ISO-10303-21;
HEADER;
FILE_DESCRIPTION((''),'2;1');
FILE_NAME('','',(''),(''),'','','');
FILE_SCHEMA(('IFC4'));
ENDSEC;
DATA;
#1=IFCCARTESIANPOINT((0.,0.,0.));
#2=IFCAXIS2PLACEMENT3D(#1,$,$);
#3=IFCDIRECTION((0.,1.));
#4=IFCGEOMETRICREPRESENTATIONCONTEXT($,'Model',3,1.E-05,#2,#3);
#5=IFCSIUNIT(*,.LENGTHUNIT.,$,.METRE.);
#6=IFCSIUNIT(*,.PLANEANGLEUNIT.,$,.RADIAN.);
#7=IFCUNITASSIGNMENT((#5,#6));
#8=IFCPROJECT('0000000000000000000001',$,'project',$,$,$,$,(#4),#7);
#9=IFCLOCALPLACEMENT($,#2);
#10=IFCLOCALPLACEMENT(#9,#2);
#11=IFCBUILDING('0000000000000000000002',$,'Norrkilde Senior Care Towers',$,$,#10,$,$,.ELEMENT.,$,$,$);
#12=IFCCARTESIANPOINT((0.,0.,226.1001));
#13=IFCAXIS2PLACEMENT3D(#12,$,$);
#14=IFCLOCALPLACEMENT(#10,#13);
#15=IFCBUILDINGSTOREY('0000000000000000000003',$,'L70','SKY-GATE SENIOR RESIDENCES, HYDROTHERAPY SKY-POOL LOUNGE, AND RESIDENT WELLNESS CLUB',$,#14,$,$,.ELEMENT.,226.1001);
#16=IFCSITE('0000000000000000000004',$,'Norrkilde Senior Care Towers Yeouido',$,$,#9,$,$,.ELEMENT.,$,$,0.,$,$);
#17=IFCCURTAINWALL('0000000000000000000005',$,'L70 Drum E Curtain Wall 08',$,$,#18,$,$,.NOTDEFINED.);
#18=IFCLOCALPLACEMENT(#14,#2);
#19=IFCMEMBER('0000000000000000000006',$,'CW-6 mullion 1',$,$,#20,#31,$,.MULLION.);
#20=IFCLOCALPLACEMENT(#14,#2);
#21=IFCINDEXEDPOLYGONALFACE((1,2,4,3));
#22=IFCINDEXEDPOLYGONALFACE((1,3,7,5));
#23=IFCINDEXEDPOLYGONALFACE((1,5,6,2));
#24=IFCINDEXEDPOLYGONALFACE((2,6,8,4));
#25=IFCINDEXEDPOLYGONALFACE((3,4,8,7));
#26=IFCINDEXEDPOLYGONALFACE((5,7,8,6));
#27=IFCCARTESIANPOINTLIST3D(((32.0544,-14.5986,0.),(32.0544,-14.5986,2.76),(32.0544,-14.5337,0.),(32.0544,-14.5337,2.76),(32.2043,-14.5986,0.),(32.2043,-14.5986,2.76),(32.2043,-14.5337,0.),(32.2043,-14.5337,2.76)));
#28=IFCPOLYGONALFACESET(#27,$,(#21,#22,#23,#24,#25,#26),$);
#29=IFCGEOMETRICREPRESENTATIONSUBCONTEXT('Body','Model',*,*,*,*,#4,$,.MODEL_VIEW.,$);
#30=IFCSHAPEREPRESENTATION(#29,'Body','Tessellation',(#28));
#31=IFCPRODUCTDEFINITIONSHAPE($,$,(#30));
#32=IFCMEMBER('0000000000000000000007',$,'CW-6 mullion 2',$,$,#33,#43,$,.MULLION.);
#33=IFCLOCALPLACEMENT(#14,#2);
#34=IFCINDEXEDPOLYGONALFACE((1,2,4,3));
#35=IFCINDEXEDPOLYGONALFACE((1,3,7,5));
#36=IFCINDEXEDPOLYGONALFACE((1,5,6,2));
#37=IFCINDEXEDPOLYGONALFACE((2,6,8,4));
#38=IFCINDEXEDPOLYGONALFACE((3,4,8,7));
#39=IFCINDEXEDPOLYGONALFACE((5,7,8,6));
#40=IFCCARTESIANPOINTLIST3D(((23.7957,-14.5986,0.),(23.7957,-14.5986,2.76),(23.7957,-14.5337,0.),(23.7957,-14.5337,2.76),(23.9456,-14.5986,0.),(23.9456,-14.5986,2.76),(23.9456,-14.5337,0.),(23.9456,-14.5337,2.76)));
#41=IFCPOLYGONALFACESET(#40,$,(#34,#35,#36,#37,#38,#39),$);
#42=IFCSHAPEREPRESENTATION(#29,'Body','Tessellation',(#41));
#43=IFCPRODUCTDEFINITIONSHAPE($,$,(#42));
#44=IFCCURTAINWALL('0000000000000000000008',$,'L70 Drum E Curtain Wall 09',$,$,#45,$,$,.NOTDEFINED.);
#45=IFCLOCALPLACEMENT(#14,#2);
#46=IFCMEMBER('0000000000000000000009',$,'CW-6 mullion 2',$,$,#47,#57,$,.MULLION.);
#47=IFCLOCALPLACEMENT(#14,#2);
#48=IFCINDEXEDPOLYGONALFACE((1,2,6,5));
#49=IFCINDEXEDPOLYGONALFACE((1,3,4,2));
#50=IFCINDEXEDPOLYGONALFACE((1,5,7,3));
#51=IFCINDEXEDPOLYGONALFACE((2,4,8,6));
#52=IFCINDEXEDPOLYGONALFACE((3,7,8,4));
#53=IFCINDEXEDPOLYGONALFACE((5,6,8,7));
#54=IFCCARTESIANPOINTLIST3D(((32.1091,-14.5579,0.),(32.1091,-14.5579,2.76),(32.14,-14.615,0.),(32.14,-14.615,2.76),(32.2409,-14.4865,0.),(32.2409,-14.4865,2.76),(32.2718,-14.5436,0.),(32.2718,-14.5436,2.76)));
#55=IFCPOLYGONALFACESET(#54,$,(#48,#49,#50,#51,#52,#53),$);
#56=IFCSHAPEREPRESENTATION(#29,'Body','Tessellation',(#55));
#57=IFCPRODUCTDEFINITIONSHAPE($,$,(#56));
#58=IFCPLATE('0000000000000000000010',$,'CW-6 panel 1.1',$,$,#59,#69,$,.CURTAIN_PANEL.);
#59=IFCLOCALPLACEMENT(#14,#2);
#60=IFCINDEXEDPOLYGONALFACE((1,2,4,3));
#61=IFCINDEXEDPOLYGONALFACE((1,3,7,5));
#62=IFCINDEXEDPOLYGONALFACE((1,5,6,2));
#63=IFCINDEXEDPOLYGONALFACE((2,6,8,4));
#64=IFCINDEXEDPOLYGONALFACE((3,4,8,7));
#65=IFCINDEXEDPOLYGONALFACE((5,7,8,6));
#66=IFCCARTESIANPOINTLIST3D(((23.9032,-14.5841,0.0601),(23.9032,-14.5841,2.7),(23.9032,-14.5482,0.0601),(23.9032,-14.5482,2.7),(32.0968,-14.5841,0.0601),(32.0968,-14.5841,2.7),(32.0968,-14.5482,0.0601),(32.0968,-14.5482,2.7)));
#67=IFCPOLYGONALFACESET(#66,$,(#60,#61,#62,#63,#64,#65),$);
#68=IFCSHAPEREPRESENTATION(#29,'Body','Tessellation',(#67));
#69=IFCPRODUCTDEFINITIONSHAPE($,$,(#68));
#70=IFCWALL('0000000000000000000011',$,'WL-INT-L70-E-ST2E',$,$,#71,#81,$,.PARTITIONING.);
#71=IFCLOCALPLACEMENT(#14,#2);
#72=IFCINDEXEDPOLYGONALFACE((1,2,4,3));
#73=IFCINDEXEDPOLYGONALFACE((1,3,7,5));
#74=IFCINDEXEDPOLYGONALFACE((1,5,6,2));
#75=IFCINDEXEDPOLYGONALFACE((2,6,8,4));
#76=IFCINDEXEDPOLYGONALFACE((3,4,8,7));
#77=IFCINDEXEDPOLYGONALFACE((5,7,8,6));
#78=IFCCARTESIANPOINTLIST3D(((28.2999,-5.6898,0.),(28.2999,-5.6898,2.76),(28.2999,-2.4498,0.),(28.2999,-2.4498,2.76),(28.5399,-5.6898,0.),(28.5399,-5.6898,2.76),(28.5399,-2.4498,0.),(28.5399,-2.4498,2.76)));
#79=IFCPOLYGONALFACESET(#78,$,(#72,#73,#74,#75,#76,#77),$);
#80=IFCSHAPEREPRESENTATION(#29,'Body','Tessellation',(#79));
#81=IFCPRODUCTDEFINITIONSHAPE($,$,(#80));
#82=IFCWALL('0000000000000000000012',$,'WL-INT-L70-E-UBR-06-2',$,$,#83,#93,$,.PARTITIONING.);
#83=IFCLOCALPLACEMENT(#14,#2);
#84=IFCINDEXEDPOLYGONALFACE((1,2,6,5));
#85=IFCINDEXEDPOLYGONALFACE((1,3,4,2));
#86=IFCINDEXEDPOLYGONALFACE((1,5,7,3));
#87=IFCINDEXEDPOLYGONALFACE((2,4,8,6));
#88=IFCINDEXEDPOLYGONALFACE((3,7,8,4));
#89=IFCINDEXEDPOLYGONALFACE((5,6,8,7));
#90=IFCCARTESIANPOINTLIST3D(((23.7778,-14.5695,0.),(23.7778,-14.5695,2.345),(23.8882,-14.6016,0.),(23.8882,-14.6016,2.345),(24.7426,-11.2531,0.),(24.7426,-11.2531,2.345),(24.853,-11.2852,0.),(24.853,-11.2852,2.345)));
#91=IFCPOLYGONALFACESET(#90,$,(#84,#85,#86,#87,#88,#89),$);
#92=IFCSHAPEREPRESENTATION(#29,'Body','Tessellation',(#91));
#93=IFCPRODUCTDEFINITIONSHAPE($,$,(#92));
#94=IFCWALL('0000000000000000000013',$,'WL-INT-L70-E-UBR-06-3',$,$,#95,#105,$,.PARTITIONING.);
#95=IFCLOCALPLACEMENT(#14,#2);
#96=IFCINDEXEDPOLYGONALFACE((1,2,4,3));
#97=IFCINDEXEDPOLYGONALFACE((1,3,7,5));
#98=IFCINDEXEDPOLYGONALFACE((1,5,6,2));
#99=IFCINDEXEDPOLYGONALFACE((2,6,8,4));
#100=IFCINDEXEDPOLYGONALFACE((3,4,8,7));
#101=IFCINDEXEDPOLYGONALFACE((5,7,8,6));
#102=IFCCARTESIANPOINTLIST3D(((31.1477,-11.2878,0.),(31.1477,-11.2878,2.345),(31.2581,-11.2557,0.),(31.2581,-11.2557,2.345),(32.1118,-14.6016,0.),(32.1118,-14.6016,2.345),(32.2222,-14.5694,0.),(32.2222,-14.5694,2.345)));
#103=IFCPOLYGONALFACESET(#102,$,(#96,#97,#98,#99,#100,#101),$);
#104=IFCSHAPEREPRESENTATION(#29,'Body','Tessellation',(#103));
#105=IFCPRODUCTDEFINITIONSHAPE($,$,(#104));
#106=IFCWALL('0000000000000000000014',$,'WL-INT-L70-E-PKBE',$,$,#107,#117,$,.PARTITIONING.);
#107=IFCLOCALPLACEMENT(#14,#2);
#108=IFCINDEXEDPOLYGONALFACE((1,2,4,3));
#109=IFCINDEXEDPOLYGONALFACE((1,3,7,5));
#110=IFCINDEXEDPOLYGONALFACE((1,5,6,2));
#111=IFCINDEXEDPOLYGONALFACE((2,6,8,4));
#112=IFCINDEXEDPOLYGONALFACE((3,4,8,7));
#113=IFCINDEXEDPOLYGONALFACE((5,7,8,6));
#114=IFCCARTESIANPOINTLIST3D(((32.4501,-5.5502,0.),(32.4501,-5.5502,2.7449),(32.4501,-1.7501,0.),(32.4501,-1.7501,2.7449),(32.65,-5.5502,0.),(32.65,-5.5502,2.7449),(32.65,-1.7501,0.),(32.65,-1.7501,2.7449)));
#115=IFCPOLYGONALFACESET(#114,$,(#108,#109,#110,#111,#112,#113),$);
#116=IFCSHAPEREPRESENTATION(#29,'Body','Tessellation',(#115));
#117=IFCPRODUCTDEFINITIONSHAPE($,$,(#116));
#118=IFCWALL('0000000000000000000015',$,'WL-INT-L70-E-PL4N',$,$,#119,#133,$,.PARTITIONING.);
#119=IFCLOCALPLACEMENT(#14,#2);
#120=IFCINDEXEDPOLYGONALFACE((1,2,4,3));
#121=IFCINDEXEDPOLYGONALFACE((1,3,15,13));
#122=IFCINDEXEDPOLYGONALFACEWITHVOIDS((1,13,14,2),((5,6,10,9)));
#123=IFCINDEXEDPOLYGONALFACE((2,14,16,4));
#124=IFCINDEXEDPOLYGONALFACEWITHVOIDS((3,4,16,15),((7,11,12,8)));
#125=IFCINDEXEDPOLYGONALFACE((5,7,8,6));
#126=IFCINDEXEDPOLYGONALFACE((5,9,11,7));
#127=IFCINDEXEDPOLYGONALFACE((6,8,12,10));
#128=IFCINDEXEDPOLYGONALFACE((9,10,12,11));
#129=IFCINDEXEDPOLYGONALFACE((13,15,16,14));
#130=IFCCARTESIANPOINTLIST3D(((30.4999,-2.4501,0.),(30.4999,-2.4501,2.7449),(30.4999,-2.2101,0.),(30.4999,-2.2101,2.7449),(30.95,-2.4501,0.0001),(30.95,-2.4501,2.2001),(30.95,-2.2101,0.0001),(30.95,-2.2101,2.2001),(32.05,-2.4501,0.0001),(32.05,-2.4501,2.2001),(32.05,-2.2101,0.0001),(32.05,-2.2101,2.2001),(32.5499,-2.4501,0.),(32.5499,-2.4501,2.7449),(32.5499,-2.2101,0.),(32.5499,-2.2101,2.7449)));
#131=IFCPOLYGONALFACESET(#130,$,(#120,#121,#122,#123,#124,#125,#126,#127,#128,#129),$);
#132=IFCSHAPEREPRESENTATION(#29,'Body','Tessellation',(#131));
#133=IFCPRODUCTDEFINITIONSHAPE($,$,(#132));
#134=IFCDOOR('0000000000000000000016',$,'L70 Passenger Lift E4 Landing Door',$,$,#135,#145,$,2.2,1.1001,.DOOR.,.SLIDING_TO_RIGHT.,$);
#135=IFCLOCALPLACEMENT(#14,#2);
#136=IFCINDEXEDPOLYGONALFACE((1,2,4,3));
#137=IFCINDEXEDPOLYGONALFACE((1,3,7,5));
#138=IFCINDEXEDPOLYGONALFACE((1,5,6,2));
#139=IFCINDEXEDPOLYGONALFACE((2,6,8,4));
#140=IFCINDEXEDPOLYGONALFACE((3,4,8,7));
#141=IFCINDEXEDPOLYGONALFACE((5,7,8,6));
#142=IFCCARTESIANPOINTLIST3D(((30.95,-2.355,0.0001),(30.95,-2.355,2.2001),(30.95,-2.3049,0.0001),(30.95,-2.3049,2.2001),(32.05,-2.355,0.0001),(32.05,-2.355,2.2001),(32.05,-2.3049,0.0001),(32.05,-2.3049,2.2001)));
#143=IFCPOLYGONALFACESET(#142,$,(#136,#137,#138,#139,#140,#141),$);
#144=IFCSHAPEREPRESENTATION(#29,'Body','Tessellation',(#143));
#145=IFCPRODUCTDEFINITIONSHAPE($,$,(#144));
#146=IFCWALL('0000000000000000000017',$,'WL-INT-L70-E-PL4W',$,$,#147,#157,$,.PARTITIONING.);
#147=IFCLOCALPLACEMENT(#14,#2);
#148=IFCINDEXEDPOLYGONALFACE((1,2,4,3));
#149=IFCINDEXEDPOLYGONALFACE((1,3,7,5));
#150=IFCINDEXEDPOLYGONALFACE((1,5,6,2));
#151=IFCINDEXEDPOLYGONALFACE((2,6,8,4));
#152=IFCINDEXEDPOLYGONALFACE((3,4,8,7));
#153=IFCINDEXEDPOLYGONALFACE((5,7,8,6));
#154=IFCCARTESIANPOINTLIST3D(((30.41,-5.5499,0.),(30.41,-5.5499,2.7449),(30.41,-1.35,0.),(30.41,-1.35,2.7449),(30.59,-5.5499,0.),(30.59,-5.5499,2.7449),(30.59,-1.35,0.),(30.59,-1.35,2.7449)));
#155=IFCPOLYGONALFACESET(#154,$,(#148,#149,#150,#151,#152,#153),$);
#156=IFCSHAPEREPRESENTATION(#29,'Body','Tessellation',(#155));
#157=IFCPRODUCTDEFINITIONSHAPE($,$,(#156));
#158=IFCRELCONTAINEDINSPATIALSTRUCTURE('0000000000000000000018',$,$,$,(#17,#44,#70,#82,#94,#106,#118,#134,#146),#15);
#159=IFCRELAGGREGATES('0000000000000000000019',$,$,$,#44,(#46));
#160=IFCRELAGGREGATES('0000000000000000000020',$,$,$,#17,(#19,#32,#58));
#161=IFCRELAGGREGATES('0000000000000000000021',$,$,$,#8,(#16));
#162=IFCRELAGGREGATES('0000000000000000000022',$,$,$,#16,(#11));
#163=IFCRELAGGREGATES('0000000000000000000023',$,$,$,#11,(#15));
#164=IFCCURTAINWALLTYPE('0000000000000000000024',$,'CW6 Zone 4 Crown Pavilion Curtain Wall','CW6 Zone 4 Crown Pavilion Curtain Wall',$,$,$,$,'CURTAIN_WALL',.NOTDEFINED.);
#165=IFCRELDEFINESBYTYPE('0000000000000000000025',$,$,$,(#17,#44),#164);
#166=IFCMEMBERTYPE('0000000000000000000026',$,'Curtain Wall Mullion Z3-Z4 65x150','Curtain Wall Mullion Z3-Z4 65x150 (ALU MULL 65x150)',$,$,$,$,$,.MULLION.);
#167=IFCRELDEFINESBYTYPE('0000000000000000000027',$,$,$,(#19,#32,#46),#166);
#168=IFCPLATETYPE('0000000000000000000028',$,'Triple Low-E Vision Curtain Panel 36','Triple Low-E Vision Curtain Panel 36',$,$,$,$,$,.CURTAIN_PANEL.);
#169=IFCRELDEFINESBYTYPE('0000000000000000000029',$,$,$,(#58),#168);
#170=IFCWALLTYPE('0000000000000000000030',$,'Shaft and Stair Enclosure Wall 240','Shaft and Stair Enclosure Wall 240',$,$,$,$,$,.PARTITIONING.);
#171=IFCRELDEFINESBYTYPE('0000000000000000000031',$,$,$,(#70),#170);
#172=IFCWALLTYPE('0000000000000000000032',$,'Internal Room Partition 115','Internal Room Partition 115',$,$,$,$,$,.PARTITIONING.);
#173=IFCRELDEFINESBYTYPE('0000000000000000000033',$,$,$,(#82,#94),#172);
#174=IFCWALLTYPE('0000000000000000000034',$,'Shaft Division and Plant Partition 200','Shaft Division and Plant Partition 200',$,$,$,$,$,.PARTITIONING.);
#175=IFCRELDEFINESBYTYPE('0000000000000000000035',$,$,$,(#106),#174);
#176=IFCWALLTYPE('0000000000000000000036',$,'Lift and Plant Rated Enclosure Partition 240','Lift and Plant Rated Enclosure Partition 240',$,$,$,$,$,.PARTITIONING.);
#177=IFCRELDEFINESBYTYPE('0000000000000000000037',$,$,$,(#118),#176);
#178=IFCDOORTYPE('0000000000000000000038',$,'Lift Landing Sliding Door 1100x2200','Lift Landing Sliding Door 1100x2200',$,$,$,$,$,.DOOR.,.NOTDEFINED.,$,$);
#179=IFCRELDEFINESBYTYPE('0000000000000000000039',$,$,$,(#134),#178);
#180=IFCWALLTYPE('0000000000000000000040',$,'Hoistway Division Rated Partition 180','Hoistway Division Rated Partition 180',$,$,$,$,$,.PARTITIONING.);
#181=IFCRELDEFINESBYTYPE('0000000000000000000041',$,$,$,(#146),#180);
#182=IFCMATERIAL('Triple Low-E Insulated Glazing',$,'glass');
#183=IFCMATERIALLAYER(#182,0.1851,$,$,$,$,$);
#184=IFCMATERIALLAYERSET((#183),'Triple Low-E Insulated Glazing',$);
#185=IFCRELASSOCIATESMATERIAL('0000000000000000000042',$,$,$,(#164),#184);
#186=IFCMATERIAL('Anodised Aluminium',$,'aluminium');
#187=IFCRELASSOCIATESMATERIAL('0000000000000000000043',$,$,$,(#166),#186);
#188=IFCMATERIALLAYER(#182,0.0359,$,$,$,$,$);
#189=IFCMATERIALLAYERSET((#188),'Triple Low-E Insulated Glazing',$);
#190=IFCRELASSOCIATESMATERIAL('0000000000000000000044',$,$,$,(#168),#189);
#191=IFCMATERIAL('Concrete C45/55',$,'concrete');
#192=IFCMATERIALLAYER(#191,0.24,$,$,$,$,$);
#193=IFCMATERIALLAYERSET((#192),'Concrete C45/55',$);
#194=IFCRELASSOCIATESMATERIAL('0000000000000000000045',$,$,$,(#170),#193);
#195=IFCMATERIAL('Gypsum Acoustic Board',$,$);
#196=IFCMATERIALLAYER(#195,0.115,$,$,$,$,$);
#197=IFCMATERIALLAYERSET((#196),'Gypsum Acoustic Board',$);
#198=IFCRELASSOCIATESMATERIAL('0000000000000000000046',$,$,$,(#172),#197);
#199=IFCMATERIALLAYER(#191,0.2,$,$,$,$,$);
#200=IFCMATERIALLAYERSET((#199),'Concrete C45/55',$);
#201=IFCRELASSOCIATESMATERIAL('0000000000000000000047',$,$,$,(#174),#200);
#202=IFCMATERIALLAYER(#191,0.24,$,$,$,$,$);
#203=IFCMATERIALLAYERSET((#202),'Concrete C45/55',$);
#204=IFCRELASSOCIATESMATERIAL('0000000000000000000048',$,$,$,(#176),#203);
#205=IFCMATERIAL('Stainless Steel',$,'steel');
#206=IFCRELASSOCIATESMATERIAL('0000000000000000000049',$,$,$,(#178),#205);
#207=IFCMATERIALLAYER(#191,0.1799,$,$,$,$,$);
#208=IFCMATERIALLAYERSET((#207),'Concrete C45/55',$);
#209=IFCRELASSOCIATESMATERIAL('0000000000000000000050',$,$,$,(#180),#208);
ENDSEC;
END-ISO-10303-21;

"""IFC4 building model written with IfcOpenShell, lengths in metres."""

from ifc_helpers import new_model, si_unit, direction, frame, frame_2d, origin, origin_2d, place, context, subcontext, project, spatial, rectangle, extrude, source, transform, mapped, material, layer, layer_set, material_profile, profile_set, type_object, type_shapes, element, fill, aggregate, save


model = new_model("IFC4")

# Units and contexts
model_context = context("Model", 3, precision=1e-05, world=origin(), true_north=direction((0.0, 1.0)))
body_context = subcontext(model_context, "Body", "Model", "MODEL_VIEW")
ifc_project = project(units=[si_unit("LENGTHUNIT", "METRE"), si_unit("PLANEANGLEUNIT", "RADIAN")], contexts=[model_context])

# Site, building, storey
site_placement = place(None, origin())
site = spatial("IfcSite", under=ifc_project, at=site_placement, Name="Norrkilde Senior Care Towers Yeouido", CompositionType="ELEMENT", RefElevation=0.0)
building_placement = place(site_placement, origin())
building = spatial("IfcBuilding", under=site, at=building_placement, Name="Norrkilde Senior Care Towers", CompositionType="ELEMENT")
storey_placement = place(building_placement, frame((0.0, 0.0, 226.1001)))
storey = spatial("IfcBuildingStorey", under=building, at=storey_placement, Name="L70", Description="SKY-GATE SENIOR RESIDENCES, HYDROTHERAPY SKY-POOL LOUNGE, AND RESIDENT WELLNESS CLUB", CompositionType="ELEMENT", Elevation=226.1001)

# Curtain wall
ifc_material_1 = material(Name="Triple Low-E Insulated Glazing", Category="glass")
ifc_layer_1 = layer(ifc_material_1, 0.1851)
ifc_layer_set_1 = layer_set([ifc_layer_1], Name="Triple Low-E Insulated Glazing")
curtain_wall_type = type_object("IfcCurtainWallType", Name="CW6 Zone 4 Crown Pavilion Curtain Wall", Description="CW6 Zone 4 Crown Pavilion Curtain Wall", ElementType="CURTAIN_WALL", PredefinedType="NOTDEFINED", material=ifc_layer_set_1)
curtain_wall_1_placement = place(storey_placement, origin())
curtain_wall_1 = element("IfcCurtainWall", 1, at=curtain_wall_1_placement, inside=storey, type_object=curtain_wall_type, Name="L70 Drum E Curtain Wall 08", PredefinedType="NOTDEFINED")
ifc_material_2 = material(Name="Anodised Aluminium", Category="aluminium")

# Shared definitions
ifc_material_profile_1 = material_profile(ifc_material_2, rectangle(XDim=0.0649, YDim=0.1499, at=origin_2d()), Name="ALU MULL 65x150")
ifc_profile_set_1 = profile_set([ifc_material_profile_1], Name="Anodised Aluminium")
member_type_1 = type_object("IfcMemberType", Name="Curtain Wall Mullion Z3-Z4 65x150", Description="Curtain Wall Mullion Z3-Z4 65x150 (ALU MULL 65x150)", PredefinedType="MULLION", material=ifc_profile_set_1)
shared_shape_1 = source(origin(), body_context, "Body", "SweptSolid", [
    extrude(rectangle(XDim=0.0649, YDim=0.1499, at=origin_2d()), origin(), (0.0, 0.0, 1.0), 2.76),
])
type_shapes(member_type_1, [shared_shape_1])

# Members
member_1_placement = place(storey_placement, frame((32.1294, -14.5662, 0.0), z_axis=(0.0, 0.0, 1.0), x_axis=(0.0, -1.0, 0.0)))
member_1 = element("IfcMember", 2, at=member_1_placement, type_object=member_type_1, Name="CW-6 mullion 1", PredefinedType="MULLION", context=body_context, shape_type="MappedRepresentation", body=[
    mapped(shared_shape_1, transform((0.0, 0.0, 0.0), x_axis=(1.0, 0.0, 0.0), y_axis=(0.0, 1.0, 0.0), z_axis=(0.0, 0.0, 1.0), scale=1.0)),
])
member_2_placement = place(storey_placement, frame((23.8706, -14.5662, 0.0), z_axis=(0.0, 0.0, 1.0), x_axis=(0.0, -1.0, 0.0)))
member_2 = element("IfcMember", 3, at=member_2_placement, type_object=member_type_1, Name="CW-6 mullion 2", PredefinedType="MULLION", context=body_context, shape_type="MappedRepresentation", body=[
    mapped(shared_shape_1, transform((0.0, 0.0, 0.0), x_axis=(1.0, 0.0, 0.0), y_axis=(0.0, 1.0, 0.0), z_axis=(0.0, 0.0, 1.0), scale=1.0)),
])

# Curtain wall, member
curtain_wall_2_placement = place(storey_placement, origin())
curtain_wall_2 = element("IfcCurtainWall", 4, at=curtain_wall_2_placement, inside=storey, type_object=curtain_wall_type, Name="L70 Drum E Curtain Wall 09", PredefinedType="NOTDEFINED")
member_3_placement = place(storey_placement, frame((32.1904, -14.5508, 0.0), z_axis=(0.0, 0.0, 1.0), x_axis=(0.476133, -0.879373, 0.0)))
member_3 = element("IfcMember", 5, at=member_3_placement, type_object=member_type_1, Name="CW-6 mullion 2", PredefinedType="MULLION", context=body_context, shape_type="MappedRepresentation", body=[
    mapped(shared_shape_1, transform((0.0, 0.0, 0.0), x_axis=(1.0, 0.0, 0.0), y_axis=(0.0, 1.0, 0.0), z_axis=(0.0, 0.0, 1.0), scale=1.0)),
])
aggregate(curtain_wall_2, [member_3])

# Plate
ifc_layer_2 = layer(ifc_material_1, 0.0359)
ifc_layer_set_2 = layer_set([ifc_layer_2], Name="Triple Low-E Insulated Glazing")
plate_type = type_object("IfcPlateType", Name="Triple Low-E Vision Curtain Panel 36", Description="Triple Low-E Vision Curtain Panel 36", PredefinedType="CURTAIN_PANEL", material=ifc_layer_set_2)
shared_shape_2 = source(origin(), body_context, "Body", "SweptSolid", [
    extrude(rectangle(XDim=8.1936, YDim=0.0359, at=origin_2d()), origin(), (0.0, 0.0, 1.0), 2.6399),
])
type_shapes(plate_type, [shared_shape_2])
plate_placement = place(storey_placement, frame((28.0, -14.5662, 0.0601), z_axis=(0.0, 0.0, 1.0), x_axis=(-1.0, 0.0, 0.0)))
plate = element("IfcPlate", 6, at=plate_placement, type_object=plate_type, Name="CW-6 panel 1.1", PredefinedType="CURTAIN_PANEL", context=body_context, shape_type="MappedRepresentation", body=[
    mapped(shared_shape_2, transform((0.0, 0.0, 0.0), x_axis=(1.0, 0.0, 0.0), y_axis=(0.0, 1.0, 0.0), z_axis=(0.0, 0.0, 1.0), scale=1.0)),
])
aggregate(curtain_wall_1, [member_1, member_2, plate])

# Walls
ifc_material_3 = material(Name="Concrete C45/55", Category="concrete")
ifc_layer_3 = layer(ifc_material_3, 0.24)
ifc_layer_set_3 = layer_set([ifc_layer_3], Name="Concrete C45/55")
wall_type_1 = type_object("IfcWallType", Name="Shaft and Stair Enclosure Wall 240", Description="Shaft and Stair Enclosure Wall 240", PredefinedType="PARTITIONING", material=ifc_layer_set_3)
shared_shape_3 = source(origin(), body_context, "Body", "SweptSolid", [
    extrude(rectangle(XDim=3.24, YDim=0.24, at=frame_2d((1.6201, 0.0))), origin(), (0.0, 0.0, 1.0), 2.76),
])
type_shapes(wall_type_1, [shared_shape_3])
wall_1_placement = place(storey_placement, frame((28.4199, -5.6899, 0.0), z_axis=(0.0, 0.0, 1.0), x_axis=(0.0, 1.0, 0.0)))
element("IfcWall", 7, at=wall_1_placement, inside=storey, type_object=wall_type_1, Name="WL-INT-L70-E-ST2E", PredefinedType="PARTITIONING", context=body_context, shape_type="MappedRepresentation", body=[
    mapped(shared_shape_3, transform((0.0, 0.0, 0.0), x_axis=(1.0, 0.0, 0.0), y_axis=(0.0, 1.0, 0.0), z_axis=(0.0, 0.0, 1.0), scale=1.0)),
])
ifc_material_4 = material(Name="Gypsum Acoustic Board")
ifc_layer_4 = layer(ifc_material_4, 0.115)
ifc_layer_set_4 = layer_set([ifc_layer_4], Name="Gypsum Acoustic Board")
wall_type_2 = type_object("IfcWallType", Name="Internal Room Partition 115", Description="Internal Room Partition 115", PredefinedType="PARTITIONING", material=ifc_layer_set_4)
shared_shape_4 = source(origin(), body_context, "Body", "SweptSolid", [
    extrude(rectangle(XDim=3.4539, YDim=0.115, at=frame_2d((1.7271, 0.0))), origin(), (0.0, 0.0, 1.0), 2.345),
])
wall_2_placement = place(storey_placement, frame((24.7979, -11.269, 0.0), z_axis=(0.0, 0.0, 1.0), x_axis=(-0.279348, -0.96019, 0.0)))
element("IfcWall", 8, at=wall_2_placement, inside=storey, type_object=wall_type_2, Name="WL-INT-L70-E-UBR-06-2", PredefinedType="PARTITIONING", context=body_context, shape_type="MappedRepresentation", body=[
    mapped(shared_shape_4, transform((0.0, 0.0, 0.0), x_axis=(1.0, 0.0, 0.0), y_axis=(0.0, 1.0, 0.0), z_axis=(0.0, 0.0, 1.0), scale=1.0)),
])
shared_shape_5 = source(origin(), body_context, "Body", "SweptSolid", [
    extrude(rectangle(XDim=3.4512, YDim=0.115, at=frame_2d((1.7256, 0.0))), origin(), (0.0, 0.0, 1.0), 2.345),
])
wall_3_placement = place(storey_placement, frame((31.2029, -11.2717, 0.0), z_axis=(0.0, 0.0, 1.0), x_axis=(0.279362, -0.960186, 0.0)))
element("IfcWall", 9, at=wall_3_placement, inside=storey, type_object=wall_type_2, Name="WL-INT-L70-E-UBR-06-3", PredefinedType="PARTITIONING", context=body_context, shape_type="MappedRepresentation", body=[
    mapped(shared_shape_5, transform((0.0, 0.0, 0.0), x_axis=(1.0, 0.0, 0.0), y_axis=(0.0, 1.0, 0.0), z_axis=(0.0, 0.0, 1.0), scale=1.0)),
])
ifc_layer_5 = layer(ifc_material_3, 0.2)
ifc_layer_set_5 = layer_set([ifc_layer_5], Name="Concrete C45/55")
wall_type_3 = type_object("IfcWallType", Name="Shaft Division and Plant Partition 200", Description="Shaft Division and Plant Partition 200", PredefinedType="PARTITIONING", material=ifc_layer_set_5)
shared_shape_6 = source(origin(), body_context, "Body", "SweptSolid", [
    extrude(rectangle(XDim=3.8, YDim=0.2, at=frame_2d((1.8999, 0.0))), origin(), (0.0, 0.0, 1.0), 2.7449),
])
type_shapes(wall_type_3, [shared_shape_6])
wall_4_placement = place(storey_placement, frame((32.55, -5.55, 0.0), z_axis=(0.0, 0.0, 1.0), x_axis=(0.0, 1.0, 0.0)))
element("IfcWall", 10, at=wall_4_placement, inside=storey, type_object=wall_type_3, Name="WL-INT-L70-E-PKBE", PredefinedType="PARTITIONING", context=body_context, shape_type="MappedRepresentation", body=[
    mapped(shared_shape_6, transform((0.0, 0.0, 0.0), x_axis=(1.0, 0.0, 0.0), y_axis=(0.0, 1.0, 0.0), z_axis=(0.0, 0.0, 1.0), scale=1.0)),
])

# Wall, opening, door
ifc_layer_6 = layer(ifc_material_3, 0.24)
ifc_layer_set_6 = layer_set([ifc_layer_6], Name="Concrete C45/55")
wall_type_4 = type_object("IfcWallType", Name="Lift and Plant Rated Enclosure Partition 240", Description="Lift and Plant Rated Enclosure Partition 240", PredefinedType="PARTITIONING", material=ifc_layer_set_6)
shared_shape_7 = source(origin(), body_context, "Body", "SweptSolid", [
    extrude(rectangle(XDim=2.05, YDim=0.24, at=frame_2d((1.0249, 0.0))), origin(), (0.0, 0.0, 1.0), 2.7449),
])
type_shapes(wall_type_4, [shared_shape_7])
wall_5_placement = place(storey_placement, frame((30.5, -2.3301, 0.0), z_axis=(0.0, 0.0, 1.0), x_axis=(1.0, 0.0, 0.0)))
wall_5 = element("IfcWall", 11, at=wall_5_placement, inside=storey, type_object=wall_type_4, Name="WL-INT-L70-E-PL4N", PredefinedType="PARTITIONING", context=body_context, shape_type="MappedRepresentation", body=[
    mapped(shared_shape_7, transform((0.0, 0.0, 0.0), x_axis=(1.0, 0.0, 0.0), y_axis=(0.0, 1.0, 0.0), z_axis=(0.0, 0.0, 1.0), scale=1.0)),
])
opening_1_placement = place(wall_5_placement, frame((0.45, 0.0, 0.0)))
opening_1 = element("IfcOpeningElement", 12, at=opening_1_placement, cuts=wall_5, PredefinedType="OPENING", context=body_context, shape_type="SweptSolid", body=[
    extrude(rectangle(XDim=1.1001, YDim=2.2, at=frame_2d((0.55, 1.1001))), frame((0.0, 0.1299, 0.0), z_axis=(0.0, -1.0, 0.0), x_axis=(1.0, 0.0, 0.0)), (0.0, 0.0, 1.0), 0.26),
])
ifc_material_5 = material(Name="Stainless Steel", Category="steel")
door_type_1 = type_object("IfcDoorType", Name="Lift Landing Sliding Door 1100x2200", Description="Lift Landing Sliding Door 1100x2200", OperationType="NOTDEFINED", PredefinedType="DOOR", material=ifc_material_5)
shared_shape_8 = source(origin(), body_context, "Body", "SweptSolid", [
    extrude(rectangle(XDim=1.1001, YDim=2.2, at=frame_2d((0.55, 1.1001))), frame((0.0, 0.0249, 0.0), z_axis=(0.0, -1.0, 0.0), x_axis=(1.0, 0.0, 0.0)), (0.0, 0.0, 1.0), 0.05),
])
type_shapes(door_type_1, [shared_shape_8])
door_1_placement = place(opening_1_placement, frame((1.1001, 0.0, 0.0), z_axis=(0.0, 0.0, 1.0), x_axis=(-1.0, 0.0, 0.0)))
door_1 = element("IfcDoor", 13, at=door_1_placement, inside=storey, type_object=door_type_1, Name="L70 Passenger Lift E4 Landing Door", OperationType="SLIDING_TO_RIGHT", OverallHeight=2.2, OverallWidth=1.1001, PredefinedType="DOOR", context=body_context, shape_type="MappedRepresentation", body=[
    mapped(shared_shape_8, transform((0.0, 0.0, 0.0), x_axis=(1.0, 0.0, 0.0), y_axis=(0.0, 1.0, 0.0), z_axis=(0.0, 0.0, 1.0), scale=1.0)),
])
fill(opening_1, door_1)

# Wall
ifc_layer_7 = layer(ifc_material_3, 0.1799)
ifc_layer_set_7 = layer_set([ifc_layer_7], Name="Concrete C45/55")
wall_type_5 = type_object("IfcWallType", Name="Hoistway Division Rated Partition 180", Description="Hoistway Division Rated Partition 180", PredefinedType="PARTITIONING", material=ifc_layer_set_7)
shared_shape_9 = source(origin(), body_context, "Body", "SweptSolid", [
    extrude(rectangle(XDim=4.2, YDim=0.1799, at=frame_2d((2.1001, 0.0))), origin(), (0.0, 0.0, 1.0), 2.7449),
])
type_shapes(wall_type_5, [shared_shape_9])
wall_6_placement = place(storey_placement, frame((30.5, -5.55, 0.0), z_axis=(0.0, 0.0, 1.0), x_axis=(0.0, 1.0, 0.0)))
element("IfcWall", 14, at=wall_6_placement, inside=storey, type_object=wall_type_5, Name="WL-INT-L70-E-PL4W", PredefinedType="PARTITIONING", context=body_context, shape_type="MappedRepresentation", body=[
    mapped(shared_shape_9, transform((0.0, 0.0, 0.0), x_axis=(1.0, 0.0, 0.0), y_axis=(0.0, 1.0, 0.0), z_axis=(0.0, 0.0, 1.0), scale=1.0)),
])

save(model, "model.ifc")
